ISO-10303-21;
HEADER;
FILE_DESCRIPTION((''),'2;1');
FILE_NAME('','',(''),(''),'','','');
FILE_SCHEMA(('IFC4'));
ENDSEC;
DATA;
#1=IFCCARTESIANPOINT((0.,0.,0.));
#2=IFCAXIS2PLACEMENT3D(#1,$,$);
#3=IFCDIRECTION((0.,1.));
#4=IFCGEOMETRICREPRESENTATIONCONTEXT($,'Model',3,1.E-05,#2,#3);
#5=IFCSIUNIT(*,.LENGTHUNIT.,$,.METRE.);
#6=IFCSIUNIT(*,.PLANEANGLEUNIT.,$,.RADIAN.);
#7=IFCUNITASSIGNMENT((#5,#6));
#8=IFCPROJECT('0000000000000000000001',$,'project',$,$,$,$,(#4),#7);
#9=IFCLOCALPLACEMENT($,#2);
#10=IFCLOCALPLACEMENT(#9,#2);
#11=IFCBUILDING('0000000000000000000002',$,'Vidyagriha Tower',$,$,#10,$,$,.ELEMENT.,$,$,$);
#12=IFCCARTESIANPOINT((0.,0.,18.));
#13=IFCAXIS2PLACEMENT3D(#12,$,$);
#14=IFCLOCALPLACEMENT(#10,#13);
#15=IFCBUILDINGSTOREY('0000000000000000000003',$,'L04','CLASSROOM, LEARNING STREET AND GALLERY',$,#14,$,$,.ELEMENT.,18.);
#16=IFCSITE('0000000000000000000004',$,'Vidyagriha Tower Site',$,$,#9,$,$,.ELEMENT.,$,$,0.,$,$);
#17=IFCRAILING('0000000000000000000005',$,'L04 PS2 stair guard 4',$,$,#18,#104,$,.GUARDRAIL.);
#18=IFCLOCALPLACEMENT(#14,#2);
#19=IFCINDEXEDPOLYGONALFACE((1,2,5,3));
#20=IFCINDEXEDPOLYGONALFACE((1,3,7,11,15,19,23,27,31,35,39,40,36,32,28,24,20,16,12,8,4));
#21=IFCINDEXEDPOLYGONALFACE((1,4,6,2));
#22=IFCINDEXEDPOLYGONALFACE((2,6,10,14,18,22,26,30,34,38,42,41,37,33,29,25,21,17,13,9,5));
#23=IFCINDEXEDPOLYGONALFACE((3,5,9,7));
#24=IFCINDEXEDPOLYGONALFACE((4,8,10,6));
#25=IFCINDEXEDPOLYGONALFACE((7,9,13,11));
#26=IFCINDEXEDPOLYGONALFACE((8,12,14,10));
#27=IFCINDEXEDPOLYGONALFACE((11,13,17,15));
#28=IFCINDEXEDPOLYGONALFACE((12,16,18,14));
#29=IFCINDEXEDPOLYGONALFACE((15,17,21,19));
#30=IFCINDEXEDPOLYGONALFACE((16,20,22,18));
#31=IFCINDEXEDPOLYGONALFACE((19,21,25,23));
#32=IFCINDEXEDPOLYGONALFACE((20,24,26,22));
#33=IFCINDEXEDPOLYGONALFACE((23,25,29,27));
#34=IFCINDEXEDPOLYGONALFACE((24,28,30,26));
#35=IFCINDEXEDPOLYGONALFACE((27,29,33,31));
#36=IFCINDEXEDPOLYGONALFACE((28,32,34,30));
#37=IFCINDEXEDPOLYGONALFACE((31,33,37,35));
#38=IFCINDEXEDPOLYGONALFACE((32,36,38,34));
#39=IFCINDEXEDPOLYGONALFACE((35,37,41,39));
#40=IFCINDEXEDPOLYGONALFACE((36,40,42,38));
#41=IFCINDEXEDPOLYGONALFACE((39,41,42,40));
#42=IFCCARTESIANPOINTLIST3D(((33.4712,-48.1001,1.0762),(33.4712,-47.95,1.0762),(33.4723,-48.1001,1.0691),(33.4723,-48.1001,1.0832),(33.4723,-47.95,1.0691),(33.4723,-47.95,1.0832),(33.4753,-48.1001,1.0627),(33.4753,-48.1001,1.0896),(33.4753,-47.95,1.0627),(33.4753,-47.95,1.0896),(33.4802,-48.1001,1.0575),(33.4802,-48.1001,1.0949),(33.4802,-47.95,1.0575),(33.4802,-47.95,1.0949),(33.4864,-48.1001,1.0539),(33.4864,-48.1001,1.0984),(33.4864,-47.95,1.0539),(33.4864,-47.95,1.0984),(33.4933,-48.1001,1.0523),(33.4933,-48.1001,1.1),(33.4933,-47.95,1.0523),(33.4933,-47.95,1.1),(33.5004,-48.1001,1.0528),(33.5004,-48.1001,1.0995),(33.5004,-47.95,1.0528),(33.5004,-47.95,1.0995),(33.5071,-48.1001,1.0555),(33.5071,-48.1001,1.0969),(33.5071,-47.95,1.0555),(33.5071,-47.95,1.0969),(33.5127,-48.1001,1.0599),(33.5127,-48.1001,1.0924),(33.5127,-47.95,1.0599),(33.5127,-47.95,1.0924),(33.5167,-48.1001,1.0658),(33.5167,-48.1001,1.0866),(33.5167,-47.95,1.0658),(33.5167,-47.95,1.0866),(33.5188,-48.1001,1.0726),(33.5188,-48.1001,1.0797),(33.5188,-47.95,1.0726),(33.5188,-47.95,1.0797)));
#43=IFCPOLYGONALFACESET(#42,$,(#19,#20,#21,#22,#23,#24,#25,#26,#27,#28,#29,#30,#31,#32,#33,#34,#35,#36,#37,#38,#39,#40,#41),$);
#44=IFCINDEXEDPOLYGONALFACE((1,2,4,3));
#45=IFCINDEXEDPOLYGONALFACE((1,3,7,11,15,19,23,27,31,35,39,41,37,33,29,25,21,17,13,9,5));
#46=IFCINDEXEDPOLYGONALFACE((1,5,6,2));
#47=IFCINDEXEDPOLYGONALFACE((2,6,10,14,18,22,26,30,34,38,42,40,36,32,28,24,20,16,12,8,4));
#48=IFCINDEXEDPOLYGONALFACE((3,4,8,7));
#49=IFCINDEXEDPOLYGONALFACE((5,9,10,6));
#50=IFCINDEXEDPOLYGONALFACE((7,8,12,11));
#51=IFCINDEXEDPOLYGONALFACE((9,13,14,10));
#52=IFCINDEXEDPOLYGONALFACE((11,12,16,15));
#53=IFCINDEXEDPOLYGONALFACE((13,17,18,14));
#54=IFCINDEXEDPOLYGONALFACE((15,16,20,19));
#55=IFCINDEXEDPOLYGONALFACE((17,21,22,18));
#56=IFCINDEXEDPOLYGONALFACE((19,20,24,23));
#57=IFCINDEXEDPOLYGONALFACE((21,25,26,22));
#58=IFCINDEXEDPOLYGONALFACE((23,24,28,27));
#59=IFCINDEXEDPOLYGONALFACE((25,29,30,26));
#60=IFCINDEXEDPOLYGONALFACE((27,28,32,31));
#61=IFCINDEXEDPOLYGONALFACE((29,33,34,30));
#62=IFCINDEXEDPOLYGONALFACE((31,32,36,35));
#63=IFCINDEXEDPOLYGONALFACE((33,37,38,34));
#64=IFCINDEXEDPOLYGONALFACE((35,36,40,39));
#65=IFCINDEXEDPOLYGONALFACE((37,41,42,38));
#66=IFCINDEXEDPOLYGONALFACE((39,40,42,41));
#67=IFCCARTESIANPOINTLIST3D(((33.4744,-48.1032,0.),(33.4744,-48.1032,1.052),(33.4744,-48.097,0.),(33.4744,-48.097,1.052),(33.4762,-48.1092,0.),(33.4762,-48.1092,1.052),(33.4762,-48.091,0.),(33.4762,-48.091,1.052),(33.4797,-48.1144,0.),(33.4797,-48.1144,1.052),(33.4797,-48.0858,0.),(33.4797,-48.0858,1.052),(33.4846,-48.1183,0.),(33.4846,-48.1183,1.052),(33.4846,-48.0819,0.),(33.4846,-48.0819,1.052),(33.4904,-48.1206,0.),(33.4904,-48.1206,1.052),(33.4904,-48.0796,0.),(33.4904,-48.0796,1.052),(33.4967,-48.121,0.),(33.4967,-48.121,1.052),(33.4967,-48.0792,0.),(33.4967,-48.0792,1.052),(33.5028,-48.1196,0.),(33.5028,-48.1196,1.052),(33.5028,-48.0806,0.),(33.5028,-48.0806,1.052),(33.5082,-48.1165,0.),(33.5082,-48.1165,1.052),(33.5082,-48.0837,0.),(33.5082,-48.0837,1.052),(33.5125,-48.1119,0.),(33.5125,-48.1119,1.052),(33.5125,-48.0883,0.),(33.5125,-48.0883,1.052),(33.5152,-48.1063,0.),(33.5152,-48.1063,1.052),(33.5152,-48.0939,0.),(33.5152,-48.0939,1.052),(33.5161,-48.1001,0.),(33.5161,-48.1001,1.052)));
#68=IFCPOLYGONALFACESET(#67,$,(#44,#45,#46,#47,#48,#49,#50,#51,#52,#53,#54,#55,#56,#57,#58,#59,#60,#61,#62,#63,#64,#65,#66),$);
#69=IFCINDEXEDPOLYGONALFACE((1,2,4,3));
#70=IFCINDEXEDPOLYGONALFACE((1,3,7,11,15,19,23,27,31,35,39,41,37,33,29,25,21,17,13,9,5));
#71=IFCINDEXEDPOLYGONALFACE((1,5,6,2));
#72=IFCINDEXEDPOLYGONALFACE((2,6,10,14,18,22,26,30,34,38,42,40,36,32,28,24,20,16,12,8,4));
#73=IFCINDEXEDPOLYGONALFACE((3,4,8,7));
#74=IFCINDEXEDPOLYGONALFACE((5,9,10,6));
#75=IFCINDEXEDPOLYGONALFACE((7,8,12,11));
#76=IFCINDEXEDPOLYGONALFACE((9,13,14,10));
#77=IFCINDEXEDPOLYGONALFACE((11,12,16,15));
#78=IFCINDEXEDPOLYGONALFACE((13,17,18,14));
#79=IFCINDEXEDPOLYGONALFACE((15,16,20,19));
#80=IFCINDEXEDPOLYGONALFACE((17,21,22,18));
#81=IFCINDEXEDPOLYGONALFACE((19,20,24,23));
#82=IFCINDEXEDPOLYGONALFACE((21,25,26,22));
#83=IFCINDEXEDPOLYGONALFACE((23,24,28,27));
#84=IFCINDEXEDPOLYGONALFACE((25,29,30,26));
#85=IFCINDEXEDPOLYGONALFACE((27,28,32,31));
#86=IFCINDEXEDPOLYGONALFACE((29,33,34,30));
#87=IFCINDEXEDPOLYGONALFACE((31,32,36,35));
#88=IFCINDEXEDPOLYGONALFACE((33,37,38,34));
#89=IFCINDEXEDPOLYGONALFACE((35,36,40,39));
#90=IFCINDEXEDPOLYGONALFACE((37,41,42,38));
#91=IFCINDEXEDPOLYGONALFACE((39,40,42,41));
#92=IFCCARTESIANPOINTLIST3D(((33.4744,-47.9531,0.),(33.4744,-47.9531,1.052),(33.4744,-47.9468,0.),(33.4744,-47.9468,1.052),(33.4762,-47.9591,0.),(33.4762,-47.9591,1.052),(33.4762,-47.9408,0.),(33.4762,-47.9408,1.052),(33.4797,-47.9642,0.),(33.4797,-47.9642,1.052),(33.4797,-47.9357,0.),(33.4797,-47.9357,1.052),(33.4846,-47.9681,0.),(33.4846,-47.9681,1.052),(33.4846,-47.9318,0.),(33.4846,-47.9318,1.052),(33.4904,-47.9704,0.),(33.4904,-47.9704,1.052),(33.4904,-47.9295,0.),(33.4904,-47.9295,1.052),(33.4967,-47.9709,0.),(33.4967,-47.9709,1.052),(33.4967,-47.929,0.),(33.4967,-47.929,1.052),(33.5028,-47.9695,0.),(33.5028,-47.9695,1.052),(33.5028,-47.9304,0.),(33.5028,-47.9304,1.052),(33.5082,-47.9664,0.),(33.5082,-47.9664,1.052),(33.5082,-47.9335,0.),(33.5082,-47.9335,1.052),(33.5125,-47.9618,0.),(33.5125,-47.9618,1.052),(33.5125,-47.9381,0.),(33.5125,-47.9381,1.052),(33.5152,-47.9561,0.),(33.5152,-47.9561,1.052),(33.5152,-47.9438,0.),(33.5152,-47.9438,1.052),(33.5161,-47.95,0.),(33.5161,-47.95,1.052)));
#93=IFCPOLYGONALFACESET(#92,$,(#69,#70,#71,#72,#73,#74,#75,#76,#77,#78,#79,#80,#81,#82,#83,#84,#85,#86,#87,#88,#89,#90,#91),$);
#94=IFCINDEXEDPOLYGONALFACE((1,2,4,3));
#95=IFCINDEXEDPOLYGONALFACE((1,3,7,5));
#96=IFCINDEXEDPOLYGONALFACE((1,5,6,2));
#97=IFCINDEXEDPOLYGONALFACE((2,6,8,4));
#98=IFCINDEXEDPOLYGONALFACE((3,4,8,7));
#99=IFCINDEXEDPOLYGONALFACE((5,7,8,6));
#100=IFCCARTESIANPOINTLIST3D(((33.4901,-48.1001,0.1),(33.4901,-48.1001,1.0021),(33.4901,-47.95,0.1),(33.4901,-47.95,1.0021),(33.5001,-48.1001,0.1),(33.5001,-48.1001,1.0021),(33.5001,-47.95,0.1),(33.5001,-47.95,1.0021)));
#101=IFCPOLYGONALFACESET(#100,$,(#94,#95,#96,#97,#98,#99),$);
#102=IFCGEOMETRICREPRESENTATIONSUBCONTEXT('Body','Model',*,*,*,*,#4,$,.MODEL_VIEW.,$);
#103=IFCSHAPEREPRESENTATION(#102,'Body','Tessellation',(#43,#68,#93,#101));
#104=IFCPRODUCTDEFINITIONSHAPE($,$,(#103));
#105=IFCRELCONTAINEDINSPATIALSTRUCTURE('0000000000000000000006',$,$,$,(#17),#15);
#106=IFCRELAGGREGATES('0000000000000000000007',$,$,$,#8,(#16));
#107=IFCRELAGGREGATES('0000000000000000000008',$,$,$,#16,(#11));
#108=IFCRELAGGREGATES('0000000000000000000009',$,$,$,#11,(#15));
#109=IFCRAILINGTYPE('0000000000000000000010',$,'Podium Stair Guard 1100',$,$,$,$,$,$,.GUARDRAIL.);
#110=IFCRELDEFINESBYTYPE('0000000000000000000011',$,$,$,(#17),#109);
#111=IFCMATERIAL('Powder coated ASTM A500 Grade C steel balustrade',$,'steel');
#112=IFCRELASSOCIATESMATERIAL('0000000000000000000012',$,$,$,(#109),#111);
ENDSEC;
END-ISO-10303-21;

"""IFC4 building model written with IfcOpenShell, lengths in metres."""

from ifc_helpers import new_model, si_unit, direction, frame, origin, origin_2d, place, context, subcontext, project, spatial, rectangle, circle, extrude, material, type_object, element, save


model = new_model("IFC4")

# Units and contexts
model_context = context("Model", 3, precision=1e-05, world=origin(), true_north=direction((0.0, 1.0)))
body_context = subcontext(model_context, "Body", "Model", "MODEL_VIEW")
ifc_project = project(units=[si_unit("LENGTHUNIT", "METRE"), si_unit("PLANEANGLEUNIT", "RADIAN")], contexts=[model_context])

# Site, building, storey
site_placement = place(None, origin())
site = spatial("IfcSite", under=ifc_project, at=site_placement, Name="Vidyagriha Tower Site", CompositionType="ELEMENT", RefElevation=0.0)
building_placement = place(site_placement, origin())
building = spatial("IfcBuilding", under=site, at=building_placement, Name="Vidyagriha Tower", CompositionType="ELEMENT")
storey_placement = place(building_placement, frame((0.0, 0.0, 18.0)))
storey = spatial("IfcBuildingStorey", under=building, at=storey_placement, Name="L04", Description="CLASSROOM, LEARNING STREET AND GALLERY", CompositionType="ELEMENT", Elevation=18.0)

# Railing
ifc_material_1 = material(Name="Powder coated ASTM A500 Grade C steel balustrade", Category="steel")
railing_type_1 = type_object("IfcRailingType", Name="Podium Stair Guard 1100", PredefinedType="GUARDRAIL", material=ifc_material_1)
railing_1_placement = place(storey_placement, frame((33.4951, -48.1001, 0.0)))
element("IfcRailing", 1, at=railing_1_placement, inside=storey, type_object=railing_type_1, Name="L04 PS2 stair guard 4", PredefinedType="GUARDRAIL", context=body_context, shape_type="SweptSolid", body=[
    extrude(circle(Radius=0.0239, at=origin_2d()), frame((0.0, 0.0, 1.0762), z_axis=(0.0, 1.0, 0.0), x_axis=(-1.0, 0.0, 0.0)), (0.0, 0.0, 1.0), 0.1501),
    extrude(circle(Radius=0.021, at=origin_2d()), origin(), (0.0, 0.0, 1.0), 1.052),
    extrude(circle(Radius=0.021, at=origin_2d()), frame((0.0, 0.1501, 0.0)), (0.0, 0.0, 1.0), 1.052),
    extrude(rectangle(XDim=0.01, YDim=0.9021, at=origin_2d()), frame((0.0, 0.0, 0.551), z_axis=(0.0, 1.0, 0.0), x_axis=(-1.0, 0.0, 0.0)), (0.0, 0.0, 1.0), 0.1501),
])

save(model, "model.ifc")
